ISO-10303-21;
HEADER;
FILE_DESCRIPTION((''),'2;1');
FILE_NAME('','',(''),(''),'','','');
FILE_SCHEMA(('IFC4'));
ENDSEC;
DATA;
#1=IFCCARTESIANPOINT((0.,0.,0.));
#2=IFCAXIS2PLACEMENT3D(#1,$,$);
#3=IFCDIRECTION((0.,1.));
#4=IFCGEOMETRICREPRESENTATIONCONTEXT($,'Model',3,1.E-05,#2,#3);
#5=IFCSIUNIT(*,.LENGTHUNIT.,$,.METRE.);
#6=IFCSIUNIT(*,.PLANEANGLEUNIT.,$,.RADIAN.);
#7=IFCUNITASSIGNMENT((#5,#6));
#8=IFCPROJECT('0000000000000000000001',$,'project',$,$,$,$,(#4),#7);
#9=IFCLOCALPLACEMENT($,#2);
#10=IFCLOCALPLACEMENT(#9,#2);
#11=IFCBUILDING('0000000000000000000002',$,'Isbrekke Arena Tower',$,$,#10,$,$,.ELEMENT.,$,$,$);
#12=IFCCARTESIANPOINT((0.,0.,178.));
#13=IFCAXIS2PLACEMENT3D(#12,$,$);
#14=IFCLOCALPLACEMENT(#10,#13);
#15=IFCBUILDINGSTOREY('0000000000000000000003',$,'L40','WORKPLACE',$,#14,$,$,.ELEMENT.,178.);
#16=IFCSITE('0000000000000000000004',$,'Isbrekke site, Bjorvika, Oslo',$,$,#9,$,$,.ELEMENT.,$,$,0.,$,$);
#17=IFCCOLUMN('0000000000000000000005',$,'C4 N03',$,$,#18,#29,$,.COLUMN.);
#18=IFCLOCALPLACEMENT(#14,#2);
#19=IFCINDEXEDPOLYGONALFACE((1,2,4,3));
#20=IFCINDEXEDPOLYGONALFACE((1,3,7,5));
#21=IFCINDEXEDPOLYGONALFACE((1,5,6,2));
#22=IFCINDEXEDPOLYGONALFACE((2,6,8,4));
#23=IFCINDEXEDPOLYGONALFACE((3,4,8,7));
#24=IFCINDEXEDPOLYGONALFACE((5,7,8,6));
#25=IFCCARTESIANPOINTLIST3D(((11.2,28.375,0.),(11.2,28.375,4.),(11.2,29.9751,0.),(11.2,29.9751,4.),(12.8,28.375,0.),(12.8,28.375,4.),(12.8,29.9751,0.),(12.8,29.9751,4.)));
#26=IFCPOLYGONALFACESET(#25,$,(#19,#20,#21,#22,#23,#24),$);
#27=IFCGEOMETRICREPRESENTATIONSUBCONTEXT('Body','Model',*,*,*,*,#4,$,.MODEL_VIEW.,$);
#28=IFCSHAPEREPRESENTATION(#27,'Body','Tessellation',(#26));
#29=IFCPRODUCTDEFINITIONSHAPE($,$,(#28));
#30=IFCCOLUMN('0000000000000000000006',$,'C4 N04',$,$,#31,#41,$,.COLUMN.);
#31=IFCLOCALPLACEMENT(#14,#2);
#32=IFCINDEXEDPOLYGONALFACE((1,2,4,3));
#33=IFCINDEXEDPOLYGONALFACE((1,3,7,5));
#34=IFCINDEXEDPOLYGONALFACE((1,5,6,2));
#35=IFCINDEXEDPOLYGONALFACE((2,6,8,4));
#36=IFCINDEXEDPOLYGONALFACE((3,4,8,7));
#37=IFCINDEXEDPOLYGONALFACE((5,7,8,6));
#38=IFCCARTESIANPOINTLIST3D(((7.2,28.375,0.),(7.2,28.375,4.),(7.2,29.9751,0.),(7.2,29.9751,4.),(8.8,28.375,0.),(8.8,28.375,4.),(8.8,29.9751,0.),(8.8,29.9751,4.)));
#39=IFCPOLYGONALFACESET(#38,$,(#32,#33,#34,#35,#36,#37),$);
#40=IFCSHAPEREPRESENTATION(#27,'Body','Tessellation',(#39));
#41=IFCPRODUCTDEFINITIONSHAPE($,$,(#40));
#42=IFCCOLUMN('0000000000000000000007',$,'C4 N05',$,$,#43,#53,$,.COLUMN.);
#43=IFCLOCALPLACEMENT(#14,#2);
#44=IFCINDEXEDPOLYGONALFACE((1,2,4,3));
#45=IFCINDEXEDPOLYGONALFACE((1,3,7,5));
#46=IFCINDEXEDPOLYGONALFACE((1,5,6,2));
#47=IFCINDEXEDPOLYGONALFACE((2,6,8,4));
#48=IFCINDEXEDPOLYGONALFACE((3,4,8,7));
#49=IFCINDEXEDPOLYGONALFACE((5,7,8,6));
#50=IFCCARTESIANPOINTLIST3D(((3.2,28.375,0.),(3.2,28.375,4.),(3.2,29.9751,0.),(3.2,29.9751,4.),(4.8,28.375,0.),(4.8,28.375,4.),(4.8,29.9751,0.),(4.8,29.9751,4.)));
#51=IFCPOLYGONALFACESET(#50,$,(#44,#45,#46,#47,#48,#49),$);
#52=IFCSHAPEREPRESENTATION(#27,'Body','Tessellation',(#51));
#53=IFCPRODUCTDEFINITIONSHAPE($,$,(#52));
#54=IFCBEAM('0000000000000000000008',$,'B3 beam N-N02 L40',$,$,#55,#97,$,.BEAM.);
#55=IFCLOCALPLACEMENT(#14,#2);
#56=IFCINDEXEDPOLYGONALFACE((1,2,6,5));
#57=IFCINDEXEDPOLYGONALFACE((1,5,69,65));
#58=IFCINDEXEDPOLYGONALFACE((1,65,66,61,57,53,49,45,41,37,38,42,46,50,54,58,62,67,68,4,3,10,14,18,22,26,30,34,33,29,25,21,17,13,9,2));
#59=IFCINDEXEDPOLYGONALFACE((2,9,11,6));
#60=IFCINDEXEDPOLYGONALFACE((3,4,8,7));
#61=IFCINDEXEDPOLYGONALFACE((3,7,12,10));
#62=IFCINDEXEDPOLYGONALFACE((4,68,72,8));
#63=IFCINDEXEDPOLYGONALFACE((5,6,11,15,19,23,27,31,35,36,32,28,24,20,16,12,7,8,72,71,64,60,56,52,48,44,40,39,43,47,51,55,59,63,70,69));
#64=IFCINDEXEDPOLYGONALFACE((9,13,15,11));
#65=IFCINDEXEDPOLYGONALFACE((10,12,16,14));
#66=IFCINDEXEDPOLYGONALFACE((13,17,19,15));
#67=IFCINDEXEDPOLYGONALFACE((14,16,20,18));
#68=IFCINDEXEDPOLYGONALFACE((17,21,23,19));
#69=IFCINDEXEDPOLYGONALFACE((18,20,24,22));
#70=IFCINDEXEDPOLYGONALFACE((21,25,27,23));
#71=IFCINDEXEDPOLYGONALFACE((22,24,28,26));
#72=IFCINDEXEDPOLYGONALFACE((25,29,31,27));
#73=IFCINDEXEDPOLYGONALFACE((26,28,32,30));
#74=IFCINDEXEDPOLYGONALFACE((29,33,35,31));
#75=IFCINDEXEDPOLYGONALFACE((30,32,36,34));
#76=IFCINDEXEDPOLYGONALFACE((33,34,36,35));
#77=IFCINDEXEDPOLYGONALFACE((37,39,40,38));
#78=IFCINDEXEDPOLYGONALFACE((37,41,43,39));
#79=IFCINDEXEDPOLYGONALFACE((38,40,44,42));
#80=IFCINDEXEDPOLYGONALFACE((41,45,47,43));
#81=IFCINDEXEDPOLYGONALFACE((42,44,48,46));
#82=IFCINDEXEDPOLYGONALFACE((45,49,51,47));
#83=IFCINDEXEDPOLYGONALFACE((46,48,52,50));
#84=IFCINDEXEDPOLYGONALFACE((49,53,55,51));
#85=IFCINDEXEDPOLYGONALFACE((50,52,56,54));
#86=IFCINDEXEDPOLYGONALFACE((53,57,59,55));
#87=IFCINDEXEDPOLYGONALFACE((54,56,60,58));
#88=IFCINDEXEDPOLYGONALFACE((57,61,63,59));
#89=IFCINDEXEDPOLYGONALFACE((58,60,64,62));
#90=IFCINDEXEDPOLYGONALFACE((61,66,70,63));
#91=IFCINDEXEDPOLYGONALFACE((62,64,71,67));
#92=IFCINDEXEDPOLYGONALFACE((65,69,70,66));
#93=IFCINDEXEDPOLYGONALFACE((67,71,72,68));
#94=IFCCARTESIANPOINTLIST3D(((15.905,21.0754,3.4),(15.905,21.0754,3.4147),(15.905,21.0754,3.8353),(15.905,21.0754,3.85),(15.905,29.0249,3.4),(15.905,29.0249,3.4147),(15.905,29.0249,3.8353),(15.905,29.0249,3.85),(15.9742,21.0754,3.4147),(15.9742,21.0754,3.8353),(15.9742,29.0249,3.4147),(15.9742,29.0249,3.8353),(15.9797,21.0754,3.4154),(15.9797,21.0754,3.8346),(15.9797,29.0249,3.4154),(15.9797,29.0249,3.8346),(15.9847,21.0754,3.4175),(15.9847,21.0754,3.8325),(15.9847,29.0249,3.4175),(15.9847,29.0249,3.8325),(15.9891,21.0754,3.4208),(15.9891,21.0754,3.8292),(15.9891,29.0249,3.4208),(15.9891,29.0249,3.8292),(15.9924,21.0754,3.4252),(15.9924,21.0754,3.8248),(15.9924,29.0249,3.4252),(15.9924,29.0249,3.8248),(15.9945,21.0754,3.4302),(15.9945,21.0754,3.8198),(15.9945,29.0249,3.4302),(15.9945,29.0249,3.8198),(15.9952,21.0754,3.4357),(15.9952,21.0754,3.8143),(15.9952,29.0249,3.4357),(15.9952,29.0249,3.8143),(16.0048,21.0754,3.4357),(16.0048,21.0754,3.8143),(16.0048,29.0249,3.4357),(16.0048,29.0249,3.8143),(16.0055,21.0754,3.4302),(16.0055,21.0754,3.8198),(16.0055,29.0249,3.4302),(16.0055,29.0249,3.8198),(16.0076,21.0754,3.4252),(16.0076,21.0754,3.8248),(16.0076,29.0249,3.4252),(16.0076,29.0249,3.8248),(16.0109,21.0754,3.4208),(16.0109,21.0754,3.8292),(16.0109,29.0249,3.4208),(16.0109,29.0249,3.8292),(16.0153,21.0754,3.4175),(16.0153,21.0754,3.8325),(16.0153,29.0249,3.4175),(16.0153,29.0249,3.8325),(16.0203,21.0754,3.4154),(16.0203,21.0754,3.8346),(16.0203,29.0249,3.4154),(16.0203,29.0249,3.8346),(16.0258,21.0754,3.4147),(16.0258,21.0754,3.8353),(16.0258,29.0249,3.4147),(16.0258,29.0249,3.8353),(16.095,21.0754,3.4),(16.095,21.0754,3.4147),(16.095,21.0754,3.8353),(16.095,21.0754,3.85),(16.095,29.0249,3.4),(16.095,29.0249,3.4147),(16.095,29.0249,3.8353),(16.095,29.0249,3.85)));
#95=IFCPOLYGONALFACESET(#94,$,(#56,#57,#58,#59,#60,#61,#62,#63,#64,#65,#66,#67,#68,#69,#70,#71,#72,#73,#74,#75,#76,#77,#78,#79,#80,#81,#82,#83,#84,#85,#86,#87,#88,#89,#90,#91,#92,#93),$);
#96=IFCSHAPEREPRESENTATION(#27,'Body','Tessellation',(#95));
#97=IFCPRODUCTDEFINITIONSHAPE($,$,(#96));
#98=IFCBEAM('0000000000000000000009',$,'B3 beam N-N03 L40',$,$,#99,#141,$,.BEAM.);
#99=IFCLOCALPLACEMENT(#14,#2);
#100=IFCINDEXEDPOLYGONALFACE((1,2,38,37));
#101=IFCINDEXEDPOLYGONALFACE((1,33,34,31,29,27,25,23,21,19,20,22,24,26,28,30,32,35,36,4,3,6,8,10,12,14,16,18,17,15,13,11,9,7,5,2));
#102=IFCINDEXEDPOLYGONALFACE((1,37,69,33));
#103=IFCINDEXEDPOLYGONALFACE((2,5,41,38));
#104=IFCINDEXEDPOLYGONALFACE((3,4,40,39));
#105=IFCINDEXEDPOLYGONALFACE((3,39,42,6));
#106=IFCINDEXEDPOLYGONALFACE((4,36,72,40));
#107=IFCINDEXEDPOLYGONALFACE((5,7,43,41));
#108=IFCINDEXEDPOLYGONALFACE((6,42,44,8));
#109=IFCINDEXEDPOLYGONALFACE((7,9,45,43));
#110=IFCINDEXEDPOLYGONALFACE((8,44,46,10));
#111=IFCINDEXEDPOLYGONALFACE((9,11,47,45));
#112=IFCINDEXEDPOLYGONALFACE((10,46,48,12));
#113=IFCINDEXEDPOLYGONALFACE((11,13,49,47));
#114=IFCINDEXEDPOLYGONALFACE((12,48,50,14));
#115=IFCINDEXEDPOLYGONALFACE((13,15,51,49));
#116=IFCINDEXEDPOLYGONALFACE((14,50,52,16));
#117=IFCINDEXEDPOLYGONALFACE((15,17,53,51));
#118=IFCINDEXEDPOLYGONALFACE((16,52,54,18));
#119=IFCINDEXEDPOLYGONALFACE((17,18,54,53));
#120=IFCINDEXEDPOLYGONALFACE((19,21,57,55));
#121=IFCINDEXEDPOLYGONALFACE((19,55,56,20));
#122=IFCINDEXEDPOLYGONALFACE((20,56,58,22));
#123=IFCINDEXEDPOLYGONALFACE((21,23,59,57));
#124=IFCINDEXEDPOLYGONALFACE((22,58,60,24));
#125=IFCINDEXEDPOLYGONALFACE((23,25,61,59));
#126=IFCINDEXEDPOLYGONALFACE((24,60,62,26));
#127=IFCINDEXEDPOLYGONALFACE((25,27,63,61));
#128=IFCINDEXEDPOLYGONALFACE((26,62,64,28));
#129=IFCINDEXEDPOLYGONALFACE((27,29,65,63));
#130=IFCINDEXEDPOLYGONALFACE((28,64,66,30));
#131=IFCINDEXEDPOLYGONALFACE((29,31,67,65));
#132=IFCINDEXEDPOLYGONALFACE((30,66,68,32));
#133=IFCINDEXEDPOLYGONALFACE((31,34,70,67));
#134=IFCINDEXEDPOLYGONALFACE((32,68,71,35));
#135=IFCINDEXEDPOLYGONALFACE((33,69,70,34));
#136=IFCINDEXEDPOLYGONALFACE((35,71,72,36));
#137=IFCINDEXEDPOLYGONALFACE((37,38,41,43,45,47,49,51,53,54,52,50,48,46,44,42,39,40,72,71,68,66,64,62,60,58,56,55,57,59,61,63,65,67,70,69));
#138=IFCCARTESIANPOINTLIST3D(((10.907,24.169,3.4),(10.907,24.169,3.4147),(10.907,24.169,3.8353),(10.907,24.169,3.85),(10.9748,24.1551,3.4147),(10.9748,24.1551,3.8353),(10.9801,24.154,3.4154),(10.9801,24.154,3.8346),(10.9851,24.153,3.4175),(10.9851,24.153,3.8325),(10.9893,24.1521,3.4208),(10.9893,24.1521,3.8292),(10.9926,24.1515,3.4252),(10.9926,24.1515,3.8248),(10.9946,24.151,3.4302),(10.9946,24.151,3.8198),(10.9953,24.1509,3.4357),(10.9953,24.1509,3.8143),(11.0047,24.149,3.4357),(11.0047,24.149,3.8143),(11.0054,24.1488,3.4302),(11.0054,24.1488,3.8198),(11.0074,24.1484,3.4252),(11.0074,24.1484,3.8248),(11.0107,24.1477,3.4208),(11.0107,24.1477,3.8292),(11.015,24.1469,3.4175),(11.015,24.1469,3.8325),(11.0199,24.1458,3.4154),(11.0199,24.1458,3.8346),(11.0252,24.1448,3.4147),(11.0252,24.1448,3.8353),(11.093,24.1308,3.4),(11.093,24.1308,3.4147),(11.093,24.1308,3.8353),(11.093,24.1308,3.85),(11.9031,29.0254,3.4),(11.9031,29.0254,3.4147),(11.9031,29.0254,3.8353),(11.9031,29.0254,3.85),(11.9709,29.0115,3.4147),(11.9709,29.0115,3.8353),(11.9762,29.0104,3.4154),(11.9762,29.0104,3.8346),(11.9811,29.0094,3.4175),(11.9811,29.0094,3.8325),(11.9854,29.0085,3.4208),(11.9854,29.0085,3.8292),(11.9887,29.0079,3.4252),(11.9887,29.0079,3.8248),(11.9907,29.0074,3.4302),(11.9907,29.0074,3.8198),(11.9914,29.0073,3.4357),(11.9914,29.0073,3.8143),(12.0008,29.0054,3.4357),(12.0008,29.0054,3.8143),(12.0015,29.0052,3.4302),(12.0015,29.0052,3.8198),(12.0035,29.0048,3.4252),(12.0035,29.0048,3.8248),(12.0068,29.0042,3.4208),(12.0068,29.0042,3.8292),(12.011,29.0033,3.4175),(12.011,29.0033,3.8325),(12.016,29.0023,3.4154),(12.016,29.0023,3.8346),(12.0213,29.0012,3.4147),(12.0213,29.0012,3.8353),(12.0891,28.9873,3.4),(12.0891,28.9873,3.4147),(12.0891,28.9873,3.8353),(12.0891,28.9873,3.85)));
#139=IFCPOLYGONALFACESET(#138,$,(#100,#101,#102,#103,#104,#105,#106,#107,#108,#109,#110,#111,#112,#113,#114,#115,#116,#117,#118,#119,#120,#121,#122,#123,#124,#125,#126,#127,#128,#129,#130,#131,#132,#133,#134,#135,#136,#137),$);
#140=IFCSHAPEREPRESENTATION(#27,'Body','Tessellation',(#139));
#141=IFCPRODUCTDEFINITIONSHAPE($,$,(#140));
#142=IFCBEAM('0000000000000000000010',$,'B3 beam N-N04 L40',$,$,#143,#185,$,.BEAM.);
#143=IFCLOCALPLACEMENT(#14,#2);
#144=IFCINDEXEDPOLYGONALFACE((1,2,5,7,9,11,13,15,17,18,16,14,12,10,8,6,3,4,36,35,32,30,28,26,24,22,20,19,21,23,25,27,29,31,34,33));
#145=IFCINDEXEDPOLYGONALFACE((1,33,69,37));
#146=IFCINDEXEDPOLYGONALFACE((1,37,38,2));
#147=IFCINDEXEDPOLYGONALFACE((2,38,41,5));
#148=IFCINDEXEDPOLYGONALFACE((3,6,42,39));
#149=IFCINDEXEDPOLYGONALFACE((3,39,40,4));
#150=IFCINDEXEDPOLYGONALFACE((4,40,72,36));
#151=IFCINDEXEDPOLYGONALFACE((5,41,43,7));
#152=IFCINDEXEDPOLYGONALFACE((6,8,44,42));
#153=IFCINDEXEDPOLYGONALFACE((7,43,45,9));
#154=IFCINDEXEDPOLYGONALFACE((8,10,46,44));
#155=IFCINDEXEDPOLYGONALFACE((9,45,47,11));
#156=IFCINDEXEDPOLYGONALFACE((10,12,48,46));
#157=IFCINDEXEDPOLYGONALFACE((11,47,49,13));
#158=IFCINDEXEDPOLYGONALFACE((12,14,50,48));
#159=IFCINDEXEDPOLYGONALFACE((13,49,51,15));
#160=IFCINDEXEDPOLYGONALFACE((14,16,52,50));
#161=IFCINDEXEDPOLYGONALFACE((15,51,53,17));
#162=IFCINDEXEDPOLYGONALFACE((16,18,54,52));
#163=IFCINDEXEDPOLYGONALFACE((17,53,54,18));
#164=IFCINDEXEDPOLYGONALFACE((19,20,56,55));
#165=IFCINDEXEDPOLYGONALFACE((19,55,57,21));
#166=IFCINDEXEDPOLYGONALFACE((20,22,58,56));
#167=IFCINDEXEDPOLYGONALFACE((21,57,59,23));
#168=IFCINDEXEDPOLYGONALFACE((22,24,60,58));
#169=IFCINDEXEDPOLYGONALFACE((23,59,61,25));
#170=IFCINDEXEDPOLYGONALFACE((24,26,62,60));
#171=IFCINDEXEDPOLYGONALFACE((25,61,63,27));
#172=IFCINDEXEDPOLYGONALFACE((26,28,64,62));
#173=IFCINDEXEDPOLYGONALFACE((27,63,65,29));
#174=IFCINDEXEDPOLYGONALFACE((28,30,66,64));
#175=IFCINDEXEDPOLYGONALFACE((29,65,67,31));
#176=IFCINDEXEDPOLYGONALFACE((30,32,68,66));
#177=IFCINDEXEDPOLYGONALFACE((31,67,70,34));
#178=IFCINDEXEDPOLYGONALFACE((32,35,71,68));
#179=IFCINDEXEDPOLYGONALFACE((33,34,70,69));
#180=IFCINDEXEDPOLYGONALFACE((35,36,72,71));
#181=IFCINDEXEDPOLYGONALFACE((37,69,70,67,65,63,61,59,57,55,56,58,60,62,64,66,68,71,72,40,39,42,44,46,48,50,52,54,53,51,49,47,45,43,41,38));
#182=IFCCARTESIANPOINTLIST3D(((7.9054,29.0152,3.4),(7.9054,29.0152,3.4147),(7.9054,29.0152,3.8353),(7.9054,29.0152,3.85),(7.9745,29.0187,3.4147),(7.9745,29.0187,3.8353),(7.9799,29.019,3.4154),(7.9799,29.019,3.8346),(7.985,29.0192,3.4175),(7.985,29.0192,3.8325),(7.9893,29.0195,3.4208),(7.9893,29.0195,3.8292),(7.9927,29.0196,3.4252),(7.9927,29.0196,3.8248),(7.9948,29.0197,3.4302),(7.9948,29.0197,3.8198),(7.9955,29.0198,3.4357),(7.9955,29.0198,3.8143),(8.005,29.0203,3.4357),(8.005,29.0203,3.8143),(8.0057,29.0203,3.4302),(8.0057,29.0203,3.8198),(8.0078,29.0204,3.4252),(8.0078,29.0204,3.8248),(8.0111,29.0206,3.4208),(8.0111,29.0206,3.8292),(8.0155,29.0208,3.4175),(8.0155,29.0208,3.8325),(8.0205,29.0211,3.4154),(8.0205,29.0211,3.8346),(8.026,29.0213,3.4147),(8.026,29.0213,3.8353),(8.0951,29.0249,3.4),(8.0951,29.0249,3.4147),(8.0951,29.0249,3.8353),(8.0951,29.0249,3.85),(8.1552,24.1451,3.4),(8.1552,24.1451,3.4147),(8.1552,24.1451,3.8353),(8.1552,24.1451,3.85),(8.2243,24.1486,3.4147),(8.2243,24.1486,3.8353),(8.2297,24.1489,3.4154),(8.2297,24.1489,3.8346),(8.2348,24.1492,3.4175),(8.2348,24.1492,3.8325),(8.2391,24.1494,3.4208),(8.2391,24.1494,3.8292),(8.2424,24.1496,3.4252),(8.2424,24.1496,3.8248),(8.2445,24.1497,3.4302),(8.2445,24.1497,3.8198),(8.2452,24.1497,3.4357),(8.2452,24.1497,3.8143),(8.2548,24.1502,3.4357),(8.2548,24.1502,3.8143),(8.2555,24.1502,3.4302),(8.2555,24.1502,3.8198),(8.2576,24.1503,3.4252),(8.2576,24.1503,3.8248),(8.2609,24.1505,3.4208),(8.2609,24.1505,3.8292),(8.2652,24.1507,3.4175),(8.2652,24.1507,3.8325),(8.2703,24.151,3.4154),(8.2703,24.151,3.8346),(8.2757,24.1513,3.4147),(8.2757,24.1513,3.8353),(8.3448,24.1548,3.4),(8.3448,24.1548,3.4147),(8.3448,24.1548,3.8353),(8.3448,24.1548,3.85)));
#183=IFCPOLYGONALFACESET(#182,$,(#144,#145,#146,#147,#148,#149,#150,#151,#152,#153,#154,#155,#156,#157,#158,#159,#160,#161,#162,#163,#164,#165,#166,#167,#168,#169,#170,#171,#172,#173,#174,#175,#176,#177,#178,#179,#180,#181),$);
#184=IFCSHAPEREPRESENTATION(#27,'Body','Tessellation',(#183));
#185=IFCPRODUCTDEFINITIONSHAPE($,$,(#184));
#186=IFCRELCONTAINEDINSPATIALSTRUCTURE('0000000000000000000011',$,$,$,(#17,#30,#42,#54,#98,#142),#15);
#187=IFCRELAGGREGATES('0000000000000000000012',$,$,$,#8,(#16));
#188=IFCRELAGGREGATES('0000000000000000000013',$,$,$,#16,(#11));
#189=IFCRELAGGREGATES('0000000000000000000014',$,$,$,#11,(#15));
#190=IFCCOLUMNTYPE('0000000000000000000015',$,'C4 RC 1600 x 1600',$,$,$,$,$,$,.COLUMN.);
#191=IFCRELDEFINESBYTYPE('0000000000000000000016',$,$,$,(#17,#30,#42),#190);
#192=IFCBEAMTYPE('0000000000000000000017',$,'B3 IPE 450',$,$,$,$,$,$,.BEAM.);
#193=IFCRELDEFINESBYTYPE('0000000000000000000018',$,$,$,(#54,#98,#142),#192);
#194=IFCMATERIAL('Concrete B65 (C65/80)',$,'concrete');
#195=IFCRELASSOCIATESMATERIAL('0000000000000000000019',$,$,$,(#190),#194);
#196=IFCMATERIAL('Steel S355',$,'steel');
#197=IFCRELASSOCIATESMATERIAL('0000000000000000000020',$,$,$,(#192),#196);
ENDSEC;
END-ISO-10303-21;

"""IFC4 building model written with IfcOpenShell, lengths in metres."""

from ifc_helpers import new_model, si_unit, direction, frame, origin, origin_2d, place, context, subcontext, project, spatial, rectangle, i_section, extrude, material, material_profile, profile_set, type_object, element, save


model = new_model("IFC4")

# Units and contexts
model_context = context("Model", 3, precision=1e-05, world=origin(), true_north=direction((0.0, 1.0)))
body_context = subcontext(model_context, "Body", "Model", "MODEL_VIEW")
ifc_project = project(units=[si_unit("LENGTHUNIT", "METRE"), si_unit("PLANEANGLEUNIT", "RADIAN")], contexts=[model_context])

# Site, building, storey
site_placement = place(None, origin())
site = spatial("IfcSite", under=ifc_project, at=site_placement, Name="Isbrekke site, Bjorvika, Oslo", CompositionType="ELEMENT", RefElevation=0.0)
building_placement = place(site_placement, origin())
building = spatial("IfcBuilding", under=site, at=building_placement, Name="Isbrekke Arena Tower", CompositionType="ELEMENT")
storey_placement = place(building_placement, frame((0.0, 0.0, 178.0)))
storey = spatial("IfcBuildingStorey", under=building, at=storey_placement, Name="L40", Description="WORKPLACE", CompositionType="ELEMENT", Elevation=178.0)

# Columns
ifc_material_1 = material(Name="Concrete B65 (C65/80)", Category="concrete")
ifc_material_profile_1 = material_profile(ifc_material_1, rectangle(XDim=1.6001, YDim=1.6001, at=origin_2d()), Name="RC 1600x1600")
ifc_profile_set_1 = profile_set([ifc_material_profile_1], Name="Concrete B65 (C65/80)")
column_type = type_object("IfcColumnType", Name="C4 RC 1600 x 1600", PredefinedType="COLUMN", material=ifc_profile_set_1)
for number, where, z_axis, x_axis, name in (
    (1, (12.0, 29.175, 0.0), (0.0, 0.0, 1.0), (-1.0, 0.0, 0.0), "C4 N03"),
    (2, (8.0, 29.175, 0.0), (0.0, 0.0, 1.0), (-1.0, 0.0, 0.0), "C4 N04"),
    (3, (4.0, 29.175, 0.0), (0.0, 0.0, 1.0), (-1.0, 0.0, 0.0), "C4 N05"),
):
    element("IfcColumn", number, at=place(storey_placement, frame(where, z_axis=z_axis, x_axis=x_axis)), inside=storey, type_object=column_type, Name=name, PredefinedType="COLUMN", context=body_context, shape_type="SweptSolid", body=[
        extrude(rectangle(XDim=1.6001, YDim=1.6001, at=origin_2d()), origin(), (0.0, 0.0, 1.0), 4.0),
    ])

# Beams
ifc_material_2 = material(Name="Steel S355", Category="steel")
ifc_material_profile_2 = material_profile(ifc_material_2, i_section(OverallWidth=0.1899, OverallDepth=0.45, WebThickness=0.0095, FlangeThickness=0.0146, FilletRadius=0.021, at=origin_2d()), Name="IPE 450")
ifc_profile_set_2 = profile_set([ifc_material_profile_2], Name="Steel S355")
beam_type_1 = type_object("IfcBeamType", Name="B3 IPE 450", PredefinedType="BEAM", material=ifc_profile_set_2)
beam_1_placement = place(storey_placement, frame((16.0, 29.0249, 3.625), z_axis=(0.0, -1.0, 0.0), x_axis=(1.0, 0.0, 0.0)))
element("IfcBeam", 4, at=beam_1_placement, inside=storey, type_object=beam_type_1, Name="B3 beam N-N02 L40", PredefinedType="BEAM", context=body_context, shape_type="SweptSolid", body=[
    extrude(i_section(OverallWidth=0.1899, OverallDepth=0.45, WebThickness=0.0095, FlangeThickness=0.0146, FilletRadius=0.021, at=origin_2d()), origin(), (0.0, 0.0, 1.0), 7.9495),
])
beam_2_placement = place(storey_placement, frame((11.9961, 29.0063, 3.625), z_axis=(-0.200925, -0.979607, 0.0), x_axis=(0.979607, -0.200925, 0.0)))
element("IfcBeam", 5, at=beam_2_placement, inside=storey, type_object=beam_type_1, Name="B3 beam N-N03 L40", PredefinedType="BEAM", context=body_context, shape_type="SweptSolid", body=[
    extrude(i_section(OverallWidth=0.1899, OverallDepth=0.45, WebThickness=0.0095, FlangeThickness=0.0146, FilletRadius=0.021, at=origin_2d()), origin(), (0.0, 0.0, 1.0), 4.9575),
])
beam_3_placement = place(storey_placement, frame((8.0002, 29.02, 3.625), z_axis=(0.051216, -0.998688, 0.0), x_axis=(0.998688, 0.051216, 0.0)))
element("IfcBeam", 6, at=beam_3_placement, inside=storey, type_object=beam_type_1, Name="B3 beam N-N04 L40", PredefinedType="BEAM", context=body_context, shape_type="SweptSolid", body=[
    extrude(i_section(OverallWidth=0.1899, OverallDepth=0.45, WebThickness=0.0095, FlangeThickness=0.0146, FilletRadius=0.021, at=origin_2d()), origin(), (0.0, 0.0, 1.0), 4.8765),
])

save(model, "model.ifc")
